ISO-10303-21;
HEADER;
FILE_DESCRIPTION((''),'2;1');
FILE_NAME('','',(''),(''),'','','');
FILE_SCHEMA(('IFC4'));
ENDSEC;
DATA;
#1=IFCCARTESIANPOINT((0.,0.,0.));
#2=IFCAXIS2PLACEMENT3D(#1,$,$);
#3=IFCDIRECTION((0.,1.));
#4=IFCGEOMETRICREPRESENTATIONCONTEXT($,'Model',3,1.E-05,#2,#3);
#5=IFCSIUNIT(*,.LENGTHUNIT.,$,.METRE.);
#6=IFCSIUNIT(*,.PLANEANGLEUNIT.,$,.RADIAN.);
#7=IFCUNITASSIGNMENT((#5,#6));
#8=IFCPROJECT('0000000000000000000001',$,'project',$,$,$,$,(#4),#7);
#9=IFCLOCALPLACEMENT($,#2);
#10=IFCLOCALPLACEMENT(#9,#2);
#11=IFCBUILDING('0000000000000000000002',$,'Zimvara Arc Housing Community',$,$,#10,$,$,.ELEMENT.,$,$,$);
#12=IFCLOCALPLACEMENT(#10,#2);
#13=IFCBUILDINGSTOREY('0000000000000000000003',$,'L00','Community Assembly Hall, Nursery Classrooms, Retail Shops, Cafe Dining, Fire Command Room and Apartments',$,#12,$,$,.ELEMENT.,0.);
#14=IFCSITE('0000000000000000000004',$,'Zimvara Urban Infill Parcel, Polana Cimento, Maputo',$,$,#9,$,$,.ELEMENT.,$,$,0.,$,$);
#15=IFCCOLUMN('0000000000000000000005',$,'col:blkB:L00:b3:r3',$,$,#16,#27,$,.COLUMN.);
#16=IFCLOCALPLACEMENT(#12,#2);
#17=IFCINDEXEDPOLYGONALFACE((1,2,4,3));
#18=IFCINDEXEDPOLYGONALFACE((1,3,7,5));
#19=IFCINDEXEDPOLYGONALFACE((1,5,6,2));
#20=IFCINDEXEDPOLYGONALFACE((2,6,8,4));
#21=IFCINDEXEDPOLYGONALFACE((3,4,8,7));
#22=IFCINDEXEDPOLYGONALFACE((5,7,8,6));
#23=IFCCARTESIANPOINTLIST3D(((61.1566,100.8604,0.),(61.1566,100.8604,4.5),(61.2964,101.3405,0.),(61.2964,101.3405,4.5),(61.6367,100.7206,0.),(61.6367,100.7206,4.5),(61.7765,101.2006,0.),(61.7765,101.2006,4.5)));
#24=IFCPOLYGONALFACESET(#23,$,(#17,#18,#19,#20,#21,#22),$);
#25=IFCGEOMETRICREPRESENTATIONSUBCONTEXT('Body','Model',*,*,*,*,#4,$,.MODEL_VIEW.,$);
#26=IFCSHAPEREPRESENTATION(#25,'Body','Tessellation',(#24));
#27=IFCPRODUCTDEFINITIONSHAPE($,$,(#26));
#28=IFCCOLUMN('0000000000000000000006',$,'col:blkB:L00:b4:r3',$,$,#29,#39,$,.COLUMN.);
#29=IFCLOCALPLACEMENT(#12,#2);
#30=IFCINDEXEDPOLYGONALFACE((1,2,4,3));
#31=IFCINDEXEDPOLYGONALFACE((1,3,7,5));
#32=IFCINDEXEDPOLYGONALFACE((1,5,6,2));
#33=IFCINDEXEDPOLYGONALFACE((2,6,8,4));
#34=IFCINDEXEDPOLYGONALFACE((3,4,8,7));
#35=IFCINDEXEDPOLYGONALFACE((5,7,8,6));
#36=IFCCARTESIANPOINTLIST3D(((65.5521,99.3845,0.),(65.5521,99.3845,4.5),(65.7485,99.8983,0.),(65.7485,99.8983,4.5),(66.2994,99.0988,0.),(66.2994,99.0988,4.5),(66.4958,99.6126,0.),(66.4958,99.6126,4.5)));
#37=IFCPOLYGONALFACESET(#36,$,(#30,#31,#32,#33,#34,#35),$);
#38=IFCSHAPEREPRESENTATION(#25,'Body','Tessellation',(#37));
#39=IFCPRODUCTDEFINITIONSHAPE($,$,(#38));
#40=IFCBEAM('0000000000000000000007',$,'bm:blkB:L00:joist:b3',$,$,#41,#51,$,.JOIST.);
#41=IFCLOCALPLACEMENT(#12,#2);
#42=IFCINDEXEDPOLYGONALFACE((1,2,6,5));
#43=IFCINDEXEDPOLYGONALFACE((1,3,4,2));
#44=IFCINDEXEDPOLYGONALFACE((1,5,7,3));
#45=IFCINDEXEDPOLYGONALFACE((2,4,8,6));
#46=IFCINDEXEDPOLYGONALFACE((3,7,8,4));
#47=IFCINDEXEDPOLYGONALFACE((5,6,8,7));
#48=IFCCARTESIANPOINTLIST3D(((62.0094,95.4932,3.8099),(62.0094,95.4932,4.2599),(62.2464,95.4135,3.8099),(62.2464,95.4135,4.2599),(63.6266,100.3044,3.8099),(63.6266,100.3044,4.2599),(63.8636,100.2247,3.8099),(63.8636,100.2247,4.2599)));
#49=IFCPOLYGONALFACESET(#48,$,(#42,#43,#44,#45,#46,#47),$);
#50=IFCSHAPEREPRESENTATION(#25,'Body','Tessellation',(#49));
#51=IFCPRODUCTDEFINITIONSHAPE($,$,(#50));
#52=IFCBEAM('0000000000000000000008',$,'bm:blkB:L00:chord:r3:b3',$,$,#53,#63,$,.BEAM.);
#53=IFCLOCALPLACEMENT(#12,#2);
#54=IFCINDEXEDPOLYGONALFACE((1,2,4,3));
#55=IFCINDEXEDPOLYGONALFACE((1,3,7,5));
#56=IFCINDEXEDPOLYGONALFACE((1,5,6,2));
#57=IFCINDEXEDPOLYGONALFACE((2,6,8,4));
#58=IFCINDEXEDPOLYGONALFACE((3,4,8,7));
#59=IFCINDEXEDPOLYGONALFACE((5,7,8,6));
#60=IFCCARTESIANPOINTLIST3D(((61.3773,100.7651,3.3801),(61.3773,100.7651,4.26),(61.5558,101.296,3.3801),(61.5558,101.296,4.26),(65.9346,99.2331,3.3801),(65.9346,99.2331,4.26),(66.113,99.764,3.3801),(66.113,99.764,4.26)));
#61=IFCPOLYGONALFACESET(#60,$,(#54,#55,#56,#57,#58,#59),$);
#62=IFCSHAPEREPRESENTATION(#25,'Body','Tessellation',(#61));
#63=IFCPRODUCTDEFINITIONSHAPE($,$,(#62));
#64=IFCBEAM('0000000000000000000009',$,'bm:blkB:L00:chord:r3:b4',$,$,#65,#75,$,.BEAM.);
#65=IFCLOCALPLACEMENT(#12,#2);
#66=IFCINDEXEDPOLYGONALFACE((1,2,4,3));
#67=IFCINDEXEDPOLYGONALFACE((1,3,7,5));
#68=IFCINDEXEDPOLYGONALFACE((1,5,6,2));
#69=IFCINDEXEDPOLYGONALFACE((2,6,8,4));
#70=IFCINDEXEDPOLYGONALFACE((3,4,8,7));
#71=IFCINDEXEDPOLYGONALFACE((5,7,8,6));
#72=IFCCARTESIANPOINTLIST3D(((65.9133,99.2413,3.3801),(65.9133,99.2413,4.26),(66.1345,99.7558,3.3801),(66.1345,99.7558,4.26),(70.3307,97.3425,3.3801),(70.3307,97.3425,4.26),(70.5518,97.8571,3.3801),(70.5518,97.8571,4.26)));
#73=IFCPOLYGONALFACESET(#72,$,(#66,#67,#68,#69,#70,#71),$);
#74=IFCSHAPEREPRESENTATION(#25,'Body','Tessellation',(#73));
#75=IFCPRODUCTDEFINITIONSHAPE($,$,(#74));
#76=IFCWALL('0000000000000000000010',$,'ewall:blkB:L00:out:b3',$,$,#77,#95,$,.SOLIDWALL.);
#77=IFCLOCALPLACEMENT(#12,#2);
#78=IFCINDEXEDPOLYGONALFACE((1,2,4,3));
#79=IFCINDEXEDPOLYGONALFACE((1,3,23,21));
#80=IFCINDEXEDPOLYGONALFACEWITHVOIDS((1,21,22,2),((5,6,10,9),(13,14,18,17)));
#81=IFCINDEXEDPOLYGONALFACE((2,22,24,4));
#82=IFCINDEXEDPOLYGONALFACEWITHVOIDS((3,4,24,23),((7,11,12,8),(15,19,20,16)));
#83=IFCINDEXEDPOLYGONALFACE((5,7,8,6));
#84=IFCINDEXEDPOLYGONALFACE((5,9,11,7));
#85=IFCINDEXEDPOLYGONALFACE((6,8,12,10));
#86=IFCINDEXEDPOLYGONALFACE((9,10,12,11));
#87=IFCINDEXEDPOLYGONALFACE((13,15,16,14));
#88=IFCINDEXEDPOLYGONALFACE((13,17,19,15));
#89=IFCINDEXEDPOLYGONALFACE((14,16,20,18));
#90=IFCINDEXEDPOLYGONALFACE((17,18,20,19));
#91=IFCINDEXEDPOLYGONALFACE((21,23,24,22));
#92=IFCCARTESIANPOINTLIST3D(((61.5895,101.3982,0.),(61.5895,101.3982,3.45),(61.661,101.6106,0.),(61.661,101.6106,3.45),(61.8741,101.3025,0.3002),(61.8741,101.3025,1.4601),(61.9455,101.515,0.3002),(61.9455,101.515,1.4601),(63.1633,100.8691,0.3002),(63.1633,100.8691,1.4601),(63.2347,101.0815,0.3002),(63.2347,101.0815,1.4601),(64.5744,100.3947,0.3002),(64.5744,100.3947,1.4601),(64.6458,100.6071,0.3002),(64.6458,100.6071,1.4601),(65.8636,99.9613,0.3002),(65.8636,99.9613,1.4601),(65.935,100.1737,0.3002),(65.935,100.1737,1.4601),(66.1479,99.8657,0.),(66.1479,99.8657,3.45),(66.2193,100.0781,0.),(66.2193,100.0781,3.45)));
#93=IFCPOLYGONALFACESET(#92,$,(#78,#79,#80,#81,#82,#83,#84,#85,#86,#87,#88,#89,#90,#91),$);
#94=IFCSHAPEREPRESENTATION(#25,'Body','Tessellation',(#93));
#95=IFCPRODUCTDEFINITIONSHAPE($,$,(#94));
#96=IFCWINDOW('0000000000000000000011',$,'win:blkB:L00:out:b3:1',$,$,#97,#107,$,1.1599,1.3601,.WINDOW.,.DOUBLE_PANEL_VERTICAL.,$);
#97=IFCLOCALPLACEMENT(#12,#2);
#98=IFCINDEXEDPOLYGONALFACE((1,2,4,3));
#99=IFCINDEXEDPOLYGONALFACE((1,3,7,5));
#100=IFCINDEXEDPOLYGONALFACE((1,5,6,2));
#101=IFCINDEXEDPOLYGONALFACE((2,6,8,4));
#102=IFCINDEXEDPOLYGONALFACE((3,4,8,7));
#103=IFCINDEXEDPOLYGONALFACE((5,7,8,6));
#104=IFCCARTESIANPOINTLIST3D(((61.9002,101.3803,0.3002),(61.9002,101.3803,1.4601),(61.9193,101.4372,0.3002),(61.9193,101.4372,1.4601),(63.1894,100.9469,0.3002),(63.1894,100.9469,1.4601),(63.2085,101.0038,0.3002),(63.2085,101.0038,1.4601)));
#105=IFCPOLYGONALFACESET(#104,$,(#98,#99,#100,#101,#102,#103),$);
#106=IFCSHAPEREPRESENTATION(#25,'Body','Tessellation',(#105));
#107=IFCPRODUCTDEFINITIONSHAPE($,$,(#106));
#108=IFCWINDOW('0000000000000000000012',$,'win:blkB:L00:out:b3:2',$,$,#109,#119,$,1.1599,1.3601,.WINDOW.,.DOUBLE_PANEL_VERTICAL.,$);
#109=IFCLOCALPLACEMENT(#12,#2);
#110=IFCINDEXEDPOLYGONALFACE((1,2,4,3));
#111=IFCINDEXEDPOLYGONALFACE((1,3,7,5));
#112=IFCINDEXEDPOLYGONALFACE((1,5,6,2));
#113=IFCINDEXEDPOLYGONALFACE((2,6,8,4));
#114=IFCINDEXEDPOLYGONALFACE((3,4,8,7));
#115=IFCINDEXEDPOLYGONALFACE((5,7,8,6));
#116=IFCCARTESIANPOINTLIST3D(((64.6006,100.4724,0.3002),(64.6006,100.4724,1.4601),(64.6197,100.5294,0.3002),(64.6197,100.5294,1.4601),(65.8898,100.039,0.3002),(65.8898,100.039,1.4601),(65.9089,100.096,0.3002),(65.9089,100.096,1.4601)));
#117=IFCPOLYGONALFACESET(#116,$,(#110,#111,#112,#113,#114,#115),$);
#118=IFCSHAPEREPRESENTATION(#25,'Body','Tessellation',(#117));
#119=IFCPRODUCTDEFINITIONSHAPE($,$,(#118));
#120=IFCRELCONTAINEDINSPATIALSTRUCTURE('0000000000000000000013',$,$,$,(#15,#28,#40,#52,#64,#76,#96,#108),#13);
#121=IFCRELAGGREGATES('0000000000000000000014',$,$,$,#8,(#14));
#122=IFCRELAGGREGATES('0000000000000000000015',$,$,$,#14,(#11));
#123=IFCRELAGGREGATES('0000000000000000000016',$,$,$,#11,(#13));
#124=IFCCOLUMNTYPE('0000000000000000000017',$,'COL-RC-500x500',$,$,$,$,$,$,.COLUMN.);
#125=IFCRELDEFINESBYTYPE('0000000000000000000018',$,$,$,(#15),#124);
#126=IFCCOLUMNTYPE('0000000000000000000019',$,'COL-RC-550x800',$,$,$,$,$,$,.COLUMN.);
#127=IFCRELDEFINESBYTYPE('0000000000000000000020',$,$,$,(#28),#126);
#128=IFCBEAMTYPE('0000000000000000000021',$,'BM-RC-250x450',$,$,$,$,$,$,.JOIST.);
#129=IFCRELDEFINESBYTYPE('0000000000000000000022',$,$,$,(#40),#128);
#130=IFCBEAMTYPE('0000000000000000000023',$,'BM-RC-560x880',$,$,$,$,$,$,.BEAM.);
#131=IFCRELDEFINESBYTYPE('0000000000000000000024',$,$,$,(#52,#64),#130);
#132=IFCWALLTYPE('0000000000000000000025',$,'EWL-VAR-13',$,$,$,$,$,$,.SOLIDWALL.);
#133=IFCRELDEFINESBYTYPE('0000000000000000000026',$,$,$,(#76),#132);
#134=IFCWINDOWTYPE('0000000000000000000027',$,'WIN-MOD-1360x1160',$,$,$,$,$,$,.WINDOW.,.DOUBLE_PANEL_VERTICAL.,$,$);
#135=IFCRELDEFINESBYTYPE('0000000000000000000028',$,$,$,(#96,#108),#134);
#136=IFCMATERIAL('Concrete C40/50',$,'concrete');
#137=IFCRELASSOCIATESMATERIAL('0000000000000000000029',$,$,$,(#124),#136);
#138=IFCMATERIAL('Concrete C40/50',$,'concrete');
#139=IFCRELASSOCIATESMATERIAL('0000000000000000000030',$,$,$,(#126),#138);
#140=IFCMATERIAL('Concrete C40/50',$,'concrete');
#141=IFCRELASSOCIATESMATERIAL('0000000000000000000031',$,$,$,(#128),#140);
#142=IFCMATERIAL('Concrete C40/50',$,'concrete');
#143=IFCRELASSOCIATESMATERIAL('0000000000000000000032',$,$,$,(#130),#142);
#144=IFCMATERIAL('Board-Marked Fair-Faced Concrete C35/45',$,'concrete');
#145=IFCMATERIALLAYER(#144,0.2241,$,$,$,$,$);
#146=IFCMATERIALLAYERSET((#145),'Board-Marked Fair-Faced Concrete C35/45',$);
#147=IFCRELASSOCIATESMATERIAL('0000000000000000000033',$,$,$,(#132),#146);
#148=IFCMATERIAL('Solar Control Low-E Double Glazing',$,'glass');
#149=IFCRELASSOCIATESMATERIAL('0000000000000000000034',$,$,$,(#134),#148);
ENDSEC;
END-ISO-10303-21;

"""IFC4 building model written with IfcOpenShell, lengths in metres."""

from ifc_helpers import new_model, si_unit, direction, frame, frame_2d, origin, origin_2d, place, context, subcontext, project, spatial, rectangle, extrude, material, layer, layer_set, material_profile, profile_set, type_object, element, fill, save


model = new_model("IFC4")

# Units and contexts
model_context = context("Model", 3, precision=1e-05, world=origin(), true_north=direction((0.0, 1.0)))
body_context = subcontext(model_context, "Body", "Model", "MODEL_VIEW")
ifc_project = project(units=[si_unit("LENGTHUNIT", "METRE"), si_unit("PLANEANGLEUNIT", "RADIAN")], contexts=[model_context])

# Site, building, storey
site_placement = place(None, origin())
site = spatial("IfcSite", under=ifc_project, at=site_placement, Name="Zimvara Urban Infill Parcel, Polana Cimento, Maputo", CompositionType="ELEMENT", RefElevation=0.0)
building_placement = place(site_placement, origin())
building = spatial("IfcBuilding", under=site, at=building_placement, Name="Zimvara Arc Housing Community", CompositionType="ELEMENT")
storey_placement = place(building_placement, origin())
storey = spatial("IfcBuildingStorey", under=building, at=storey_placement, Name="L00", Description="Community Assembly Hall, Nursery Classrooms, Retail Shops, Cafe Dining, Fire Command Room and Apartments", CompositionType="ELEMENT", Elevation=0.0)

# Columns
ifc_material_1 = material(Name="Concrete C40/50", Category="concrete")
ifc_material_profile_1 = material_profile(ifc_material_1, rectangle(XDim=0.5, YDim=0.5, at=origin_2d()), Name="RC 500x500")
ifc_profile_set_1 = profile_set([ifc_material_profile_1], Name="Concrete C40/50")
column_type_1 = type_object("IfcColumnType", Name="COL-RC-500x500", PredefinedType="COLUMN", material=ifc_profile_set_1)
column_1_placement = place(storey_placement, frame((61.4666, 101.0305, 0.0), z_axis=(0.0, 0.0, 1.0), x_axis=(0.279661, 0.960099, 0.0)))
element("IfcColumn", 1, at=column_1_placement, inside=storey, type_object=column_type_1, Name="col:blkB:L00:b3:r3", PredefinedType="COLUMN", context=body_context, shape_type="SweptSolid", body=[
    extrude(rectangle(XDim=0.5, YDim=0.5, at=origin_2d()), origin(), (0.0, 0.0, 1.0), 4.5),
])
ifc_material_2 = material(Name="Concrete C40/50", Category="concrete")
ifc_material_profile_2 = material_profile(ifc_material_2, rectangle(XDim=0.55, YDim=0.8, at=origin_2d()), Name="RC 550x800")
ifc_profile_set_2 = profile_set([ifc_material_profile_2], Name="Concrete C40/50")
column_type_2 = type_object("IfcColumnType", Name="COL-RC-550x800", PredefinedType="COLUMN", material=ifc_profile_set_2)
column_2_placement = place(storey_placement, frame((66.0239, 99.4985, 0.0), z_axis=(0.0, 0.0, 1.0), x_axis=(0.357064, 0.93408, 0.0)))
element("IfcColumn", 2, at=column_2_placement, inside=storey, type_object=column_type_2, Name="col:blkB:L00:b4:r3", PredefinedType="COLUMN", context=body_context, shape_type="SweptSolid", body=[
    extrude(rectangle(XDim=0.55, YDim=0.8, at=origin_2d()), origin(), (0.0, 0.0, 1.0), 4.5),
])

# Beams
ifc_material_3 = material(Name="Concrete C40/50", Category="concrete")
ifc_material_profile_3 = material_profile(ifc_material_3, rectangle(XDim=0.25, YDim=0.45, at=origin_2d()), Name="RC 250x450")
ifc_profile_set_3 = profile_set([ifc_material_profile_3], Name="Concrete C40/50")
beam_type_1 = type_object("IfcBeamType", Name="BM-RC-250x450", PredefinedType="JOIST", material=ifc_profile_set_3)
beam_1_placement = place(storey_placement, frame((62.1279, 95.4534, 4.0349), z_axis=(0.318608, 0.947887, 0.0), x_axis=(-0.947887, 0.318608, 0.0)))
element("IfcBeam", 3, at=beam_1_placement, inside=storey, type_object=beam_type_1, Name="bm:blkB:L00:joist:b3", PredefinedType="JOIST", context=body_context, shape_type="SweptSolid", body=[
    extrude(rectangle(XDim=0.25, YDim=0.45, at=origin_2d()), origin(), (0.0, 0.0, 1.0), 5.0757),
])
ifc_material_4 = material(Name="Concrete C40/50", Category="concrete")
ifc_material_profile_4 = material_profile(ifc_material_4, rectangle(XDim=0.5601, YDim=0.8799, at=origin_2d()), Name="RC 560x880")
ifc_profile_set_4 = profile_set([ifc_material_profile_4], Name="Concrete C40/50")
beam_type_2 = type_object("IfcBeamType", Name="BM-RC-560x880", PredefinedType="BEAM", material=ifc_profile_set_4)
beam_2_placement = place(storey_placement, frame((61.4666, 101.0305, 3.8201), z_axis=(0.947878, -0.318634, 0.0), x_axis=(0.318634, 0.947878, 0.0)))
element("IfcBeam", 4, at=beam_2_placement, inside=storey, type_object=beam_type_2, Name="bm:blkB:L00:chord:r3:b3", PredefinedType="BEAM", context=body_context, shape_type="SweptSolid", body=[
    extrude(rectangle(XDim=0.5601, YDim=0.8799, at=origin_2d()), origin(), (0.0, 0.0, 1.0), 4.8079),
])
beam_3_placement = place(storey_placement, frame((66.0239, 99.4985, 3.8201), z_axis=(0.918724, -0.3949, 0.0), x_axis=(0.3949, 0.918724, 0.0)))
element("IfcBeam", 5, at=beam_3_placement, inside=storey, type_object=beam_type_2, Name="bm:blkB:L00:chord:r3:b4", PredefinedType="BEAM", context=body_context, shape_type="SweptSolid", body=[
    extrude(rectangle(XDim=0.5601, YDim=0.8799, at=origin_2d()), origin(), (0.0, 0.0, 1.0), 4.8081),
])

# Wall, openings, windows
ifc_material_5 = material(Name="Board-Marked Fair-Faced Concrete C35/45", Category="concrete")
ifc_layer_1 = layer(ifc_material_5, 0.2241)
ifc_layer_set_1 = layer_set([ifc_layer_1], Name="Board-Marked Fair-Faced Concrete C35/45")
wall_type_1 = type_object("IfcWallType", Name="EWL-VAR-13", PredefinedType="SOLIDWALL", material=ifc_layer_set_1)
wall_1_placement = place(storey_placement, frame((61.6252, 101.5044, 0.0), z_axis=(0.0, 0.0, 1.0), x_axis=(0.947868, -0.318664, 0.0)))
wall_1 = element("IfcWall", 6, at=wall_1_placement, inside=storey, type_object=wall_type_1, Name="ewall:blkB:L00:out:b3", PredefinedType="SOLIDWALL", context=body_context, shape_type="SweptSolid", body=[
    extrude(rectangle(XDim=4.8091, YDim=0.2241, at=frame_2d((2.4045, 0.0))), origin(), (0.0, 0.0, 1.0), 3.45),
])
opening_1_placement = place(wall_1_placement, frame((0.3, 0.0, 0.3)))
opening_1 = element("IfcOpeningElement", 7, at=opening_1_placement, cuts=wall_1, PredefinedType="OPENING", context=body_context, shape_type="SweptSolid", body=[
    extrude(rectangle(XDim=1.3601, YDim=1.1599, at=frame_2d((0.6802, 0.5801))), frame((0.0, 0.1221, 0.0), z_axis=(0.0, -1.0, 0.0), x_axis=(1.0, 0.0, 0.0)), (0.0, 0.0, 1.0), 0.2441),
])
opening_2_placement = place(wall_1_placement, frame((3.1489, 0.0, 0.3)))
opening_2 = element("IfcOpeningElement", 8, at=opening_2_placement, cuts=wall_1, PredefinedType="OPENING", context=body_context, shape_type="SweptSolid", body=[
    extrude(rectangle(XDim=1.3601, YDim=1.1599, at=frame_2d((0.6802, 0.5801))), frame((0.0, 0.1221, 0.0), z_axis=(0.0, -1.0, 0.0), x_axis=(1.0, 0.0, 0.0)), (0.0, 0.0, 1.0), 0.2441),
])
ifc_material_6 = material(Name="Solar Control Low-E Double Glazing", Category="glass")
window_type_1 = type_object("IfcWindowType", Name="WIN-MOD-1360x1160", PartitioningType="DOUBLE_PANEL_VERTICAL", PredefinedType="WINDOW", material=ifc_material_6)
window_1_placement = place(opening_1_placement, origin())
window_1 = element("IfcWindow", 9, at=window_1_placement, inside=storey, type_object=window_type_1, Name="win:blkB:L00:out:b3:1", OverallHeight=1.1599, OverallWidth=1.3601, PartitioningType="DOUBLE_PANEL_VERTICAL", PredefinedType="WINDOW", context=body_context, shape_type="SweptSolid", body=[
    extrude(rectangle(XDim=1.3601, YDim=1.1599, at=frame_2d((0.6802, 0.5801))), frame((0.0, 0.03, 0.0), z_axis=(0.0, -1.0, 0.0), x_axis=(1.0, 0.0, 0.0)), (0.0, 0.0, 1.0), 0.0601),
])
fill(opening_1, window_1)
window_2_placement = place(opening_2_placement, origin())
window_2 = element("IfcWindow", 10, at=window_2_placement, inside=storey, type_object=window_type_1, Name="win:blkB:L00:out:b3:2", OverallHeight=1.1599, OverallWidth=1.3601, PartitioningType="DOUBLE_PANEL_VERTICAL", PredefinedType="WINDOW", context=body_context, shape_type="SweptSolid", body=[
    extrude(rectangle(XDim=1.3601, YDim=1.1599, at=frame_2d((0.6802, 0.5801))), frame((0.0, 0.03, 0.0), z_axis=(0.0, -1.0, 0.0), x_axis=(1.0, 0.0, 0.0)), (0.0, 0.0, 1.0), 0.0601),
])
fill(opening_2, window_2)

save(model, "model.ifc")
